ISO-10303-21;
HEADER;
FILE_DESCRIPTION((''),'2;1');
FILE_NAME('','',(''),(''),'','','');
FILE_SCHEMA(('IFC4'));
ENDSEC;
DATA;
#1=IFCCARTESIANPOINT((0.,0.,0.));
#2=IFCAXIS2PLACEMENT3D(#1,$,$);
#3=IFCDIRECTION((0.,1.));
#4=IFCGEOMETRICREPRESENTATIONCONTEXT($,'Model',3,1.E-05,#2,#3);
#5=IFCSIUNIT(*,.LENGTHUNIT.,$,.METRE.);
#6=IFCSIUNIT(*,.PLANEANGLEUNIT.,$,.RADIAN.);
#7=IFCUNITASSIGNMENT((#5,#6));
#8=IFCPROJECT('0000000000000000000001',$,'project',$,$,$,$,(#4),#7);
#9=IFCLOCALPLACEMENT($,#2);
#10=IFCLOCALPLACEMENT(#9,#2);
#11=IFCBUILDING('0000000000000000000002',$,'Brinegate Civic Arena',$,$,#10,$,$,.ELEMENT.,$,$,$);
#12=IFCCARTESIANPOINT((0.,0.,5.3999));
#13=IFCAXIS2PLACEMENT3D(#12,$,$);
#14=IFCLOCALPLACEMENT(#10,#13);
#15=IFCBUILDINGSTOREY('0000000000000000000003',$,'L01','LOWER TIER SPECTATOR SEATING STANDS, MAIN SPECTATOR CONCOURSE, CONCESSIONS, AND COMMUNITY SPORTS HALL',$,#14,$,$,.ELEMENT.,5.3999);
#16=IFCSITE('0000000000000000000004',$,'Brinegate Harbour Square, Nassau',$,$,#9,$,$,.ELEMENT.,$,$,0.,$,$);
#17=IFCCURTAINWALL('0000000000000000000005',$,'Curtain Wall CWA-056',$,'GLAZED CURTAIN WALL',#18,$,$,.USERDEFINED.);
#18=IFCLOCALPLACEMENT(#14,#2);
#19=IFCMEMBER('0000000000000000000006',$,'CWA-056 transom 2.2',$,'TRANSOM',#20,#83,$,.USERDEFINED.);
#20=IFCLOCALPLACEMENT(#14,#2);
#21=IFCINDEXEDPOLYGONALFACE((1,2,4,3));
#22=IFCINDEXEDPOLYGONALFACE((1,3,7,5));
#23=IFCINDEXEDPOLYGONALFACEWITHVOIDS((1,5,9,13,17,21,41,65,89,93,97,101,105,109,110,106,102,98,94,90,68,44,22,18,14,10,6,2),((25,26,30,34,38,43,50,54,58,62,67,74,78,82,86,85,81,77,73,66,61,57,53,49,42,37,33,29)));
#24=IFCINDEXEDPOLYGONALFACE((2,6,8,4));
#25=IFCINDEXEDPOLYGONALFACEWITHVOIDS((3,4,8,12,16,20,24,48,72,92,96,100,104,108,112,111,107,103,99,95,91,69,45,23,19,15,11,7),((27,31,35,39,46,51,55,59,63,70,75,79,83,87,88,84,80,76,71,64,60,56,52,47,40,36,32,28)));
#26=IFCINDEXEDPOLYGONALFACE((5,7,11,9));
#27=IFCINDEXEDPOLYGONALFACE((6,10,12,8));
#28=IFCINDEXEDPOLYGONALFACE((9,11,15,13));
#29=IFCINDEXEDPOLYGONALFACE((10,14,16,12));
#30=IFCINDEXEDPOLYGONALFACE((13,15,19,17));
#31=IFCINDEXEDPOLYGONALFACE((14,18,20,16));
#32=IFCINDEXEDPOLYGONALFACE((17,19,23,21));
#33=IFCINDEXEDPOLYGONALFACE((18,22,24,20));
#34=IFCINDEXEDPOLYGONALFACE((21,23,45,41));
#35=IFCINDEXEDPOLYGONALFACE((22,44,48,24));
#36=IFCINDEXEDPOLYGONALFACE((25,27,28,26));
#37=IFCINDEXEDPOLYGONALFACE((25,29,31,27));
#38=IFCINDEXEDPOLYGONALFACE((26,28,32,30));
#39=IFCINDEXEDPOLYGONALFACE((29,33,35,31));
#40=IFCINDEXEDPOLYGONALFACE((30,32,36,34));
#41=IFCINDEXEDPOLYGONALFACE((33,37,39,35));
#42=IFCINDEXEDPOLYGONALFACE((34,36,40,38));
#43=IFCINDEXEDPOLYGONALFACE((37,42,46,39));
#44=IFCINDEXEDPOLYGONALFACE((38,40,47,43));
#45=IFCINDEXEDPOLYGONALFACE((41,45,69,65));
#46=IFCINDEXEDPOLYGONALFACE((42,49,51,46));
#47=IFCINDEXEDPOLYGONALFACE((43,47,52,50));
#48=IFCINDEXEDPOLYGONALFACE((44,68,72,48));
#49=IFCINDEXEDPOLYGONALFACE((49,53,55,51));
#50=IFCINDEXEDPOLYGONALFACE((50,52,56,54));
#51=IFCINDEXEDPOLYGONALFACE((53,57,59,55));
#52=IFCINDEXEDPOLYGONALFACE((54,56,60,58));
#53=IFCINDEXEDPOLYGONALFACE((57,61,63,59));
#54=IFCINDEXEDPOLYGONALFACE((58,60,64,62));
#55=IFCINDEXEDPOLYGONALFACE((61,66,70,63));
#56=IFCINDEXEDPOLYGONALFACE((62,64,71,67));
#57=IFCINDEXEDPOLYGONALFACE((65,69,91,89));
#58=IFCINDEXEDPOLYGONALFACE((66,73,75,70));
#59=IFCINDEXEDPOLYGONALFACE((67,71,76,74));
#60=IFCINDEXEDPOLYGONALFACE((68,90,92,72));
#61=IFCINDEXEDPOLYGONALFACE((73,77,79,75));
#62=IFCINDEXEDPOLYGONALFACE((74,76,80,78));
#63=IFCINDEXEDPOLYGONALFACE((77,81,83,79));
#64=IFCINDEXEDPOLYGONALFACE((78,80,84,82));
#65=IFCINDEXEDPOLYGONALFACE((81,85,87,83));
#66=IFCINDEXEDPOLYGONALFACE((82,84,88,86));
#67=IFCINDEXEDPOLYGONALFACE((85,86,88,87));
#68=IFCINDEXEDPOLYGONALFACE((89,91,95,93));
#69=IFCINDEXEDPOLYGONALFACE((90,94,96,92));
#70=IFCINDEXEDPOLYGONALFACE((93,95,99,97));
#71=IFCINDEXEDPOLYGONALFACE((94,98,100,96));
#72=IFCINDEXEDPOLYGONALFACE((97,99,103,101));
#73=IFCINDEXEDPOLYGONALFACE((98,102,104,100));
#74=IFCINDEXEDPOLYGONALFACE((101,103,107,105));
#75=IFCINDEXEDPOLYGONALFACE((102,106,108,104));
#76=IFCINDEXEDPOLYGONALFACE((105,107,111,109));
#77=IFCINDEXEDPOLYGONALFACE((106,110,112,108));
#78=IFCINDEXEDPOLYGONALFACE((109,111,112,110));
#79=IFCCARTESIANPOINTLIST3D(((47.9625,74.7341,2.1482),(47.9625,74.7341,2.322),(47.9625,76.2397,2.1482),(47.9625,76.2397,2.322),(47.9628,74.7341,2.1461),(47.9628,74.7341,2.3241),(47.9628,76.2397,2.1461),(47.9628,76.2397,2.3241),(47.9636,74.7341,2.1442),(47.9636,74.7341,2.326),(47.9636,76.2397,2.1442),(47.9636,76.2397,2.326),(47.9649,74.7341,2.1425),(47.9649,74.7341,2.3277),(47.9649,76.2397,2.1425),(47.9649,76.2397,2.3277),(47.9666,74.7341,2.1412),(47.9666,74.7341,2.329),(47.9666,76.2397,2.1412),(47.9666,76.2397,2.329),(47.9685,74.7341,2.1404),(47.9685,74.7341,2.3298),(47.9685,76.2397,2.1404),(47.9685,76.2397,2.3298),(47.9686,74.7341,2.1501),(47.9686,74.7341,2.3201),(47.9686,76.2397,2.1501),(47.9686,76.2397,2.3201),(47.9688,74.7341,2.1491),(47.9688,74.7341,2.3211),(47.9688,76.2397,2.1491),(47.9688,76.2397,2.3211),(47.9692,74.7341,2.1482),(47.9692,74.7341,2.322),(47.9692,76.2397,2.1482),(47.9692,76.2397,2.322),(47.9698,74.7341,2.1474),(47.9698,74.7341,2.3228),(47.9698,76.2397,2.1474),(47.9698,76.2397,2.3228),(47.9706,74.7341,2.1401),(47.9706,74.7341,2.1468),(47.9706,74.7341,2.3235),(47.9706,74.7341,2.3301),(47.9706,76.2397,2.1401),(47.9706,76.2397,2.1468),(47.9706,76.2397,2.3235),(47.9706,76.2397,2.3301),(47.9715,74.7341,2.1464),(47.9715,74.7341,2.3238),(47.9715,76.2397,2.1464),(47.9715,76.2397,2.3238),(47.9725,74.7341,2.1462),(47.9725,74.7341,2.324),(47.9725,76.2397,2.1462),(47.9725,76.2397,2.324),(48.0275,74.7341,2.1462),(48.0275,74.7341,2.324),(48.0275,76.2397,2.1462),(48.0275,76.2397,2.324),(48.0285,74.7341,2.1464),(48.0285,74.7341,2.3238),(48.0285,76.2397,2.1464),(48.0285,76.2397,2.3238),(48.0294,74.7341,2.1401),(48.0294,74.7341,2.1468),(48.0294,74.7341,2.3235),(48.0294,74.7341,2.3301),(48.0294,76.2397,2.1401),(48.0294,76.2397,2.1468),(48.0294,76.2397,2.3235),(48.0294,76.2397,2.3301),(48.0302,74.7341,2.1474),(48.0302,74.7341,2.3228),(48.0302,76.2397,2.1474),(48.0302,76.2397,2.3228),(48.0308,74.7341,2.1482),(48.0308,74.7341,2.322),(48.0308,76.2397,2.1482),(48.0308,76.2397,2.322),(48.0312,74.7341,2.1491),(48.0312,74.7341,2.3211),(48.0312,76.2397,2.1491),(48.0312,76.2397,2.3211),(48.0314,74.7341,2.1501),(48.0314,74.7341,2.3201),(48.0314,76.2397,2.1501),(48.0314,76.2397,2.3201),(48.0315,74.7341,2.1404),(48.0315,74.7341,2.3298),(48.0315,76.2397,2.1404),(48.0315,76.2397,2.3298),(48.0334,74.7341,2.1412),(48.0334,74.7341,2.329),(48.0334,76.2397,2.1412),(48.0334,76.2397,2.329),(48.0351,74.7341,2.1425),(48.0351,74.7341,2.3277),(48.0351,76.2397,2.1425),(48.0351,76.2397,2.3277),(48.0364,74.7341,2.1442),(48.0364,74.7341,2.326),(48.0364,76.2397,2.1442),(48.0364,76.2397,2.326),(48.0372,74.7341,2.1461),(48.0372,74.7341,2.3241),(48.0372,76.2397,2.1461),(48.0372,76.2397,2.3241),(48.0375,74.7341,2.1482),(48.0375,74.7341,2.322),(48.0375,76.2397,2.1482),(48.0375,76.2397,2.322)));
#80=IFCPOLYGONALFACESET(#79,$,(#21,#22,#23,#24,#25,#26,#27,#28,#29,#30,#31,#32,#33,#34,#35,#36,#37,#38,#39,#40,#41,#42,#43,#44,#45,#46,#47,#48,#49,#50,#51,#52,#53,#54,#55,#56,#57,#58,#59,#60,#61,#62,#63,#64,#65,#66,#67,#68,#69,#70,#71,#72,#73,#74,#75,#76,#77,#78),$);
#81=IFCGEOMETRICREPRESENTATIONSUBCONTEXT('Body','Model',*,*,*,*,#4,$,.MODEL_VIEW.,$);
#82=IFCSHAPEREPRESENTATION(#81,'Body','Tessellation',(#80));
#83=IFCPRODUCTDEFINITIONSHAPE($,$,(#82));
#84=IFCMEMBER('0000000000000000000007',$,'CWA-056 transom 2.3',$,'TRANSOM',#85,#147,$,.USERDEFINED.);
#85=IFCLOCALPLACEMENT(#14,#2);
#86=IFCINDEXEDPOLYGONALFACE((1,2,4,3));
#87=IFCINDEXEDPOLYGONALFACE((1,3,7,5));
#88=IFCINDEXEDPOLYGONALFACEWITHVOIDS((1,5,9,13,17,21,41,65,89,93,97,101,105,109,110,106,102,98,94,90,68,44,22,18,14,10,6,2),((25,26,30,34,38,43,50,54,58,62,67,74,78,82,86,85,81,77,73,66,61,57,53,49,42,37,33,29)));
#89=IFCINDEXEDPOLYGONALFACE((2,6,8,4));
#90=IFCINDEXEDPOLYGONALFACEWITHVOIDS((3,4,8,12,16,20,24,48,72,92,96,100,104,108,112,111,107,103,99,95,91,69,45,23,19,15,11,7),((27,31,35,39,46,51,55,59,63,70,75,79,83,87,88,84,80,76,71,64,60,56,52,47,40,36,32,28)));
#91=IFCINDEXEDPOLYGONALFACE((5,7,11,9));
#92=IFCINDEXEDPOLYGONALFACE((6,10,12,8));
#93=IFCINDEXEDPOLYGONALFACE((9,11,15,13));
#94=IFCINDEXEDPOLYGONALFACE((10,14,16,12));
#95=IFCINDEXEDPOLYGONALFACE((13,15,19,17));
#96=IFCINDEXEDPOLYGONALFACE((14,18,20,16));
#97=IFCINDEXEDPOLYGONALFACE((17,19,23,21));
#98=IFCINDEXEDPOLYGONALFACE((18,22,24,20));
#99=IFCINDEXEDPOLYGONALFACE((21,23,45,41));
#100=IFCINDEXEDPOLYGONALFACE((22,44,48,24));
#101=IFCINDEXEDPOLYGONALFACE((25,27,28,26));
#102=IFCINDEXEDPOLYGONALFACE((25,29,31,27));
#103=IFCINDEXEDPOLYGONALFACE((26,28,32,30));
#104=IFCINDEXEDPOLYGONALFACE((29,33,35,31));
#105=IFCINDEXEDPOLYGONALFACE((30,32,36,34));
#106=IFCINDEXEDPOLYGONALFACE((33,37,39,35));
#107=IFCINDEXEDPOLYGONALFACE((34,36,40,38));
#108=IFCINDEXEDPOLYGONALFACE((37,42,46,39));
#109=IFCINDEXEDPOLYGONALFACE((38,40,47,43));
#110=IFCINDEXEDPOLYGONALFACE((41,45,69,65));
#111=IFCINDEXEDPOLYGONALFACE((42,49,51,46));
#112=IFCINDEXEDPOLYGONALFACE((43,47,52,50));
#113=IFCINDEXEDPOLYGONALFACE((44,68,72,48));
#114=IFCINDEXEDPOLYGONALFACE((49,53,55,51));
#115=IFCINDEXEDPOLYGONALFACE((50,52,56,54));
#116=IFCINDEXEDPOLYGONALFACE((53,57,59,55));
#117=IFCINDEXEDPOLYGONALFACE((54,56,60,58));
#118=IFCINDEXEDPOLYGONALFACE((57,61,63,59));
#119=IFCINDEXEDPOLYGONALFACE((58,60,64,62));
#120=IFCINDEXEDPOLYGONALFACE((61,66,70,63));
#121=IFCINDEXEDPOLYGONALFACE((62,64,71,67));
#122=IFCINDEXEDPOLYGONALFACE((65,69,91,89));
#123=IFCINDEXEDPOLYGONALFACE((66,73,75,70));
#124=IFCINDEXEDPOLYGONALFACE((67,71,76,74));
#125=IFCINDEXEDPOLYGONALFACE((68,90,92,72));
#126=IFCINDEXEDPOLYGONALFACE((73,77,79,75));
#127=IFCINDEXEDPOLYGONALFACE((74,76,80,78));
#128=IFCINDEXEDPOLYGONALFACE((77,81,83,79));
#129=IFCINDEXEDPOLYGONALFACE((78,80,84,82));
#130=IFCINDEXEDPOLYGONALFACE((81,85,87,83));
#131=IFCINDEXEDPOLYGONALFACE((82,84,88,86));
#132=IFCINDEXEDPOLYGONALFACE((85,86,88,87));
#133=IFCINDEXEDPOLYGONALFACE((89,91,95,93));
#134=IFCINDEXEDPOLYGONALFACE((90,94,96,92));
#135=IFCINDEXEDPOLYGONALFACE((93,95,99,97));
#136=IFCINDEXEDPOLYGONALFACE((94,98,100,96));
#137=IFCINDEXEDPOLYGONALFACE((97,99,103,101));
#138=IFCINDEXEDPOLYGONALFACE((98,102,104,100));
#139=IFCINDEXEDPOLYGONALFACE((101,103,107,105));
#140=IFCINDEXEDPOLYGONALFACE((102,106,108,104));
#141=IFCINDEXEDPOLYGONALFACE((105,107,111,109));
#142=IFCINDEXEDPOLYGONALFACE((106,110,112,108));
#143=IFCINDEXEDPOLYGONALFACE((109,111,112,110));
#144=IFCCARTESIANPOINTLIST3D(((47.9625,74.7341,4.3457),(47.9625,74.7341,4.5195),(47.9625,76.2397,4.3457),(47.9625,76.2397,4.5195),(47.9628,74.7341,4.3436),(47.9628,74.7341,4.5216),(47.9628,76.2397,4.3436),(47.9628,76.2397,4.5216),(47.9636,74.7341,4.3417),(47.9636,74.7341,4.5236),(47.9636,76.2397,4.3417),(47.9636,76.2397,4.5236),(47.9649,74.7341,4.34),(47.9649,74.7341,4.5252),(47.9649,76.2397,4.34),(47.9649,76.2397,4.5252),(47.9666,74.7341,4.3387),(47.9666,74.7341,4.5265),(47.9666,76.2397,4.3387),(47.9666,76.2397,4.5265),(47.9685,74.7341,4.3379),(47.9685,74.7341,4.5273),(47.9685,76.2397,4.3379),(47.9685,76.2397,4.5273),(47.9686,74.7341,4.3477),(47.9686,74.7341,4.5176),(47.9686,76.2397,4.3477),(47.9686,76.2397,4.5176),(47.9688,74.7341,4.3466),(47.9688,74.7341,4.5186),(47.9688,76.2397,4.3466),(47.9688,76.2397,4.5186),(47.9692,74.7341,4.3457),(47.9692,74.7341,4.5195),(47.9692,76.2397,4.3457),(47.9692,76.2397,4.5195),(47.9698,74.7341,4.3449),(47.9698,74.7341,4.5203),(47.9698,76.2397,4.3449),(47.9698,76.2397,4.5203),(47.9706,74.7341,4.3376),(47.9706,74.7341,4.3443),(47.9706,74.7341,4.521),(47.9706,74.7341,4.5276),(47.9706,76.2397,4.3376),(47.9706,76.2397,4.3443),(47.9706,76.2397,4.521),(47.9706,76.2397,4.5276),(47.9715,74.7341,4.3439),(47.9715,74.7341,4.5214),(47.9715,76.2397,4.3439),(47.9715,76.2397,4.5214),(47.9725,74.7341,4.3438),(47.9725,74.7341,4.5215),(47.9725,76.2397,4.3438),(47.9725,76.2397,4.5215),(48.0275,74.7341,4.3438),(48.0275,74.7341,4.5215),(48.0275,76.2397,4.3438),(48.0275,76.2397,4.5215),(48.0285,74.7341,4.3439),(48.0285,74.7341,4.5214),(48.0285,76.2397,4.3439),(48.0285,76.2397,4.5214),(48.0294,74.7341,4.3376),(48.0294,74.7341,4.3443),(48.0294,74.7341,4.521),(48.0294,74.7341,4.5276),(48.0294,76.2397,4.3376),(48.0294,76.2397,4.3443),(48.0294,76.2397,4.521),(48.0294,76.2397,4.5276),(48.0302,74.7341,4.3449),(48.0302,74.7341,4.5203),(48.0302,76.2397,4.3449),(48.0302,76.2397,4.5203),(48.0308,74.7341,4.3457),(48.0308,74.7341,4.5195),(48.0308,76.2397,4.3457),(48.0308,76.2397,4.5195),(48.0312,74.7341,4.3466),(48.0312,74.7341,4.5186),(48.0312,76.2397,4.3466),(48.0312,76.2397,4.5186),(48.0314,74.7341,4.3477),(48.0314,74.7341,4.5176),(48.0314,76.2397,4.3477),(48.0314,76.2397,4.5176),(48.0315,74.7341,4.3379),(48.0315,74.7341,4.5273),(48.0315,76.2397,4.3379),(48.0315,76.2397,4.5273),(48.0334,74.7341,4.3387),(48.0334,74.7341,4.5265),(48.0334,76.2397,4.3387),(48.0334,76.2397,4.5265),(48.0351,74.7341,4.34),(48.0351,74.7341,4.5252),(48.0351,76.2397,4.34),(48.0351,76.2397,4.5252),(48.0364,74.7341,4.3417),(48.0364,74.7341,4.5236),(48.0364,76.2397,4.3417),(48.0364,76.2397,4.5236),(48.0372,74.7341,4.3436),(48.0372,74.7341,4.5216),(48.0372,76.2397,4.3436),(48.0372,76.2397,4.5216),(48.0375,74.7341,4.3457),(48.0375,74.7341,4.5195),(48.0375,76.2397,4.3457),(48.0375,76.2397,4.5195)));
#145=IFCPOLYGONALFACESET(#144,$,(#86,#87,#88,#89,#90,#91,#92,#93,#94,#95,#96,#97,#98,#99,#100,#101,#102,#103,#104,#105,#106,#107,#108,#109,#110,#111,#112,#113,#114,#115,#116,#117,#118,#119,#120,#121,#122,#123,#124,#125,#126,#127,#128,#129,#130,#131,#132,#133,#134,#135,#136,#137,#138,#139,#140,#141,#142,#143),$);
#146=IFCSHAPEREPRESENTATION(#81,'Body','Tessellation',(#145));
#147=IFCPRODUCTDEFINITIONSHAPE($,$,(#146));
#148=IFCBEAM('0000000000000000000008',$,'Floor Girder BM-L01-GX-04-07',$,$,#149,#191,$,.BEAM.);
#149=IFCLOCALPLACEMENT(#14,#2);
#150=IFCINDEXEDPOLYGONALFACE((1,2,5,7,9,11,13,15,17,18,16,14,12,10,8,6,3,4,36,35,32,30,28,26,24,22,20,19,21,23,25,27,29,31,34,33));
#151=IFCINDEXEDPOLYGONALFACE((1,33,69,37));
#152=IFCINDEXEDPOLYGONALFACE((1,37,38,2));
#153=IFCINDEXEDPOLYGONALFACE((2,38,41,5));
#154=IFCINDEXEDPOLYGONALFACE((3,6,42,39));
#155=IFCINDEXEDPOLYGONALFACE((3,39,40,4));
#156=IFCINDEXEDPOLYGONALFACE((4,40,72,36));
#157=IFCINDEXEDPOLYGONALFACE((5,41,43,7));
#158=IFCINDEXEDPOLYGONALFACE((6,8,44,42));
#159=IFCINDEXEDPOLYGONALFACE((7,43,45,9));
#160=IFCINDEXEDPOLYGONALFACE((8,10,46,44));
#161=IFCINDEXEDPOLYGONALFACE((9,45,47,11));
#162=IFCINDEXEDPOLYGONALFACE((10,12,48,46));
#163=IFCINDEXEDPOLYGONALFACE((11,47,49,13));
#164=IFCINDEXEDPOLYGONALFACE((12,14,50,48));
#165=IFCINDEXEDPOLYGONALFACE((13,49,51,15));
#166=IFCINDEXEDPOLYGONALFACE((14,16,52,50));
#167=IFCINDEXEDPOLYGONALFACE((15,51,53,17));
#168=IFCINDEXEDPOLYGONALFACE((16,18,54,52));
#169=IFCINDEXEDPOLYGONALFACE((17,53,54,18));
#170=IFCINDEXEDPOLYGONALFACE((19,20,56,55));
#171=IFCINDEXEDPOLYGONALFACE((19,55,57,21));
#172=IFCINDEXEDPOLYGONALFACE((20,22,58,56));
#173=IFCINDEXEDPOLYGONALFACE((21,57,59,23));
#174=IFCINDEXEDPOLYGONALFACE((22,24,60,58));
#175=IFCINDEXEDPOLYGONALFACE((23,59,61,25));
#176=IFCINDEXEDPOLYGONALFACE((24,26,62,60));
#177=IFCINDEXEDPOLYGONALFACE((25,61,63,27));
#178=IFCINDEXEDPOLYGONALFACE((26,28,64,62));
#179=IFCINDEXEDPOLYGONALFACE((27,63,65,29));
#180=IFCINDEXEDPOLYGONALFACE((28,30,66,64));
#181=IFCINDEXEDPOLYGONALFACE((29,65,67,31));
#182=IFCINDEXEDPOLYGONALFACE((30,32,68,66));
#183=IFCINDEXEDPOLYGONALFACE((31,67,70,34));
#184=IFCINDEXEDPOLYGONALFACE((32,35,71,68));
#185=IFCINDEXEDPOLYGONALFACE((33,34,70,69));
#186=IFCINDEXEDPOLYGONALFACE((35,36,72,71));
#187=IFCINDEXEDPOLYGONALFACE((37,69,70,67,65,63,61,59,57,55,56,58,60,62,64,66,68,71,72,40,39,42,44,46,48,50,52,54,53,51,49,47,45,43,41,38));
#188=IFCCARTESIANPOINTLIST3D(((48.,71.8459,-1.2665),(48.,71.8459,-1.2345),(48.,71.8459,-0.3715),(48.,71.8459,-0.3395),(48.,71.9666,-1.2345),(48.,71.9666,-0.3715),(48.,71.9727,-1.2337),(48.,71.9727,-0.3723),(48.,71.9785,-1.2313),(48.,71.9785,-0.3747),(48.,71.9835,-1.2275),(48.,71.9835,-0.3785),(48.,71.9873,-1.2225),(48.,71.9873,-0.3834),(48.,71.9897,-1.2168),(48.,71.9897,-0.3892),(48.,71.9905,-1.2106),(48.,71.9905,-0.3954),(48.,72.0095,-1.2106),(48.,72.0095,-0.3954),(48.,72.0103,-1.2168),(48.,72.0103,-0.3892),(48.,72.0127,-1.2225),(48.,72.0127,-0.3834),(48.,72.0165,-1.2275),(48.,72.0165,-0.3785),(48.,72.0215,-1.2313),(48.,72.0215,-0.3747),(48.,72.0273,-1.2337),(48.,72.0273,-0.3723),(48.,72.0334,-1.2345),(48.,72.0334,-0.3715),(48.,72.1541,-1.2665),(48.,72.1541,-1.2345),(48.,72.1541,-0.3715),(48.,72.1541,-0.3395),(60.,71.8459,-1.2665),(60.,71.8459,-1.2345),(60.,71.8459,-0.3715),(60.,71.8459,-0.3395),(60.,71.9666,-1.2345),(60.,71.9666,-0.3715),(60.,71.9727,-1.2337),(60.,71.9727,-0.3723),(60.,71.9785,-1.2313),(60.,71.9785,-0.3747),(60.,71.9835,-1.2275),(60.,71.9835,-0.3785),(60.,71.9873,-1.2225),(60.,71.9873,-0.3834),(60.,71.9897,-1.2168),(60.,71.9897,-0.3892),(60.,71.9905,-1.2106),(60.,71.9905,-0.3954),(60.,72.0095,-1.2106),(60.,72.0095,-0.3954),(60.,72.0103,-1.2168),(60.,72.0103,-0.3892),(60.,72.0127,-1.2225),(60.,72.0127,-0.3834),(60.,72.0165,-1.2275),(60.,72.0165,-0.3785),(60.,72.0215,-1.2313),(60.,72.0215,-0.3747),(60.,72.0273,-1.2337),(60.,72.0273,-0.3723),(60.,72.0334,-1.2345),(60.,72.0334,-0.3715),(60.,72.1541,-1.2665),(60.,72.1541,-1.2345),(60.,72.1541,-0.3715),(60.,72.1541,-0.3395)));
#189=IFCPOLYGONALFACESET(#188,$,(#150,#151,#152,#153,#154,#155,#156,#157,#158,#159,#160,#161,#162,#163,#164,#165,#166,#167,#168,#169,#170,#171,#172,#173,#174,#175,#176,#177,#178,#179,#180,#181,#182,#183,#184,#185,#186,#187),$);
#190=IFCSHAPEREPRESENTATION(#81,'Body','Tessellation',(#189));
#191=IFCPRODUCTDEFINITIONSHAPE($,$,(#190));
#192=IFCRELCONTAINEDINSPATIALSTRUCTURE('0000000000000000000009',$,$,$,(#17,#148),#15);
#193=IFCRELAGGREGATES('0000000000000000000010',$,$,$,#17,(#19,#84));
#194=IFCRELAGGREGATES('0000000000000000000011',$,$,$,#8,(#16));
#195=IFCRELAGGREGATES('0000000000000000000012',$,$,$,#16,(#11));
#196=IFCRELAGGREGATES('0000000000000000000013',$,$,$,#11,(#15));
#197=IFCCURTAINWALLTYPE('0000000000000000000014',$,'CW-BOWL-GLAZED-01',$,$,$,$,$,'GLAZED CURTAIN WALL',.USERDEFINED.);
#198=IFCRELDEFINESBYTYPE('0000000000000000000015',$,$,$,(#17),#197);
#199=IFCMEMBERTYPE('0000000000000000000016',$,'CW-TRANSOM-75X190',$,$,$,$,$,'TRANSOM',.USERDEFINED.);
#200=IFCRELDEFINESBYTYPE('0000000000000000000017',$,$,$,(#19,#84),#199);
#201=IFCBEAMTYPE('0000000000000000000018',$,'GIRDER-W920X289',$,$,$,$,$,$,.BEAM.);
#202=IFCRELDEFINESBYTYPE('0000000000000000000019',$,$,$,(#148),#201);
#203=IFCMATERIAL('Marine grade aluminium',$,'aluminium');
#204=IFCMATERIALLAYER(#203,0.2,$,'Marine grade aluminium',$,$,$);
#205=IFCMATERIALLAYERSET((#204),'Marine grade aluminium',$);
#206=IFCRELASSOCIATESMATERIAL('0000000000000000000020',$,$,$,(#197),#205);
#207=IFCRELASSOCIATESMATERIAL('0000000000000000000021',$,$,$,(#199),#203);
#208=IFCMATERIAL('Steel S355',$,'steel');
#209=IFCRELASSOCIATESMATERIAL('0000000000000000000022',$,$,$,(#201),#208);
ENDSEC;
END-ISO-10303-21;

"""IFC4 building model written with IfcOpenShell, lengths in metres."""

from ifc_helpers import new_model, si_unit, direction, frame, origin, origin_2d, place, context, subcontext, project, spatial, hollow_rectangle, i_section, extrude, material, layer, layer_set, material_profile, profile_set, type_object, element, aggregate, save


model = new_model("IFC4")

# Units and contexts
model_context = context("Model", 3, precision=1e-05, world=origin(), true_north=direction((0.0, 1.0)))
body_context = subcontext(model_context, "Body", "Model", "MODEL_VIEW")
ifc_project = project(units=[si_unit("LENGTHUNIT", "METRE"), si_unit("PLANEANGLEUNIT", "RADIAN")], contexts=[model_context])

# Site, building, storey
site_placement = place(None, origin())
site = spatial("IfcSite", under=ifc_project, at=site_placement, Name="Brinegate Harbour Square, Nassau", CompositionType="ELEMENT", RefElevation=0.0)
building_placement = place(site_placement, origin())
building = spatial("IfcBuilding", under=site, at=building_placement, Name="Brinegate Civic Arena", CompositionType="ELEMENT")
storey_placement = place(building_placement, frame((0.0, 0.0, 5.3999)))
storey = spatial("IfcBuildingStorey", under=building, at=storey_placement, Name="L01", Description="LOWER TIER SPECTATOR SEATING STANDS, MAIN SPECTATOR CONCOURSE, CONCESSIONS, AND COMMUNITY SPORTS HALL", CompositionType="ELEMENT", Elevation=5.3999)

# Shared definitions
ifc_material_1 = material(Name="Marine grade aluminium", Category="aluminium")

# Curtain wall
ifc_layer_1 = layer(ifc_material_1, 0.2, Name="Marine grade aluminium")
ifc_layer_set_1 = layer_set([ifc_layer_1], Name="Marine grade aluminium")
curtain_wall_type_1 = type_object("IfcCurtainWallType", Name="CW-BOWL-GLAZED-01", ElementType="GLAZED CURTAIN WALL", PredefinedType="USERDEFINED", material=ifc_layer_set_1)
curtain_wall_1_placement = place(storey_placement, origin())
curtain_wall_1 = element("IfcCurtainWall", 1, at=curtain_wall_1_placement, inside=storey, type_object=curtain_wall_type_1, Name="Curtain Wall CWA-056", ObjectType="GLAZED CURTAIN WALL", PredefinedType="USERDEFINED")

# Members
ifc_material_profile_1 = material_profile(ifc_material_1, hollow_rectangle(XDim=0.075, YDim=0.1899, WallThickness=0.0061, InnerFilletRadius=0.0039, OuterFilletRadius=0.0081, at=origin_2d()), Name="TRN75X190")
ifc_profile_set_1 = profile_set([ifc_material_profile_1], Name="Marine grade aluminium")
member_type_1 = type_object("IfcMemberType", Name="CW-TRANSOM-75X190", ElementType="TRANSOM", PredefinedType="USERDEFINED", material=ifc_profile_set_1)
member_1_placement = place(storey_placement, frame((48.0, 74.7341, 2.2351), z_axis=(0.0, 1.0, 0.0), x_axis=(-1.0, 0.0, 0.0)))
member_1 = element("IfcMember", 2, at=member_1_placement, type_object=member_type_1, Name="CWA-056 transom 2.2", ObjectType="TRANSOM", PredefinedType="USERDEFINED", context=body_context, shape_type="SweptSolid", body=[
    extrude(hollow_rectangle(XDim=0.075, YDim=0.1899, WallThickness=0.0061, InnerFilletRadius=0.0039, OuterFilletRadius=0.0081, at=origin_2d()), origin(), (0.0, 0.0, 1.0), 1.5056),
])
member_2_placement = place(storey_placement, frame((48.0, 74.7341, 4.4326), z_axis=(0.0, 1.0, 0.0), x_axis=(-1.0, 0.0, 0.0)))
member_2 = element("IfcMember", 3, at=member_2_placement, type_object=member_type_1, Name="CWA-056 transom 2.3", ObjectType="TRANSOM", PredefinedType="USERDEFINED", context=body_context, shape_type="SweptSolid", body=[
    extrude(hollow_rectangle(XDim=0.075, YDim=0.1899, WallThickness=0.0061, InnerFilletRadius=0.0039, OuterFilletRadius=0.0081, at=origin_2d()), origin(), (0.0, 0.0, 1.0), 1.5056),
])

# Beam
ifc_material_2 = material(Name="Steel S355", Category="steel")
ifc_material_profile_2 = material_profile(ifc_material_2, i_section(OverallWidth=0.3081, OverallDepth=0.927, WebThickness=0.019, FlangeThickness=0.032, FilletRadius=0.0239, at=origin_2d()), Name="W920X289")
ifc_profile_set_2 = profile_set([ifc_material_profile_2], Name="Steel S355")
beam_type_1 = type_object("IfcBeamType", Name="GIRDER-W920X289", PredefinedType="BEAM", material=ifc_profile_set_2)
beam_1_placement = place(storey_placement, frame((48.0, 72.0, -0.803), z_axis=(1.0, 0.0, 0.0), x_axis=(0.0, 1.0, 0.0)))
element("IfcBeam", 4, at=beam_1_placement, inside=storey, type_object=beam_type_1, Name="Floor Girder BM-L01-GX-04-07", PredefinedType="BEAM", context=body_context, shape_type="SweptSolid", body=[
    extrude(i_section(OverallWidth=0.3081, OverallDepth=0.927, WebThickness=0.019, FlangeThickness=0.032, FilletRadius=0.0239, at=origin_2d()), origin(), (0.0, 0.0, 1.0), 12.0),
])

aggregate(curtain_wall_1, [member_1, member_2])

save(model, "model.ifc")
